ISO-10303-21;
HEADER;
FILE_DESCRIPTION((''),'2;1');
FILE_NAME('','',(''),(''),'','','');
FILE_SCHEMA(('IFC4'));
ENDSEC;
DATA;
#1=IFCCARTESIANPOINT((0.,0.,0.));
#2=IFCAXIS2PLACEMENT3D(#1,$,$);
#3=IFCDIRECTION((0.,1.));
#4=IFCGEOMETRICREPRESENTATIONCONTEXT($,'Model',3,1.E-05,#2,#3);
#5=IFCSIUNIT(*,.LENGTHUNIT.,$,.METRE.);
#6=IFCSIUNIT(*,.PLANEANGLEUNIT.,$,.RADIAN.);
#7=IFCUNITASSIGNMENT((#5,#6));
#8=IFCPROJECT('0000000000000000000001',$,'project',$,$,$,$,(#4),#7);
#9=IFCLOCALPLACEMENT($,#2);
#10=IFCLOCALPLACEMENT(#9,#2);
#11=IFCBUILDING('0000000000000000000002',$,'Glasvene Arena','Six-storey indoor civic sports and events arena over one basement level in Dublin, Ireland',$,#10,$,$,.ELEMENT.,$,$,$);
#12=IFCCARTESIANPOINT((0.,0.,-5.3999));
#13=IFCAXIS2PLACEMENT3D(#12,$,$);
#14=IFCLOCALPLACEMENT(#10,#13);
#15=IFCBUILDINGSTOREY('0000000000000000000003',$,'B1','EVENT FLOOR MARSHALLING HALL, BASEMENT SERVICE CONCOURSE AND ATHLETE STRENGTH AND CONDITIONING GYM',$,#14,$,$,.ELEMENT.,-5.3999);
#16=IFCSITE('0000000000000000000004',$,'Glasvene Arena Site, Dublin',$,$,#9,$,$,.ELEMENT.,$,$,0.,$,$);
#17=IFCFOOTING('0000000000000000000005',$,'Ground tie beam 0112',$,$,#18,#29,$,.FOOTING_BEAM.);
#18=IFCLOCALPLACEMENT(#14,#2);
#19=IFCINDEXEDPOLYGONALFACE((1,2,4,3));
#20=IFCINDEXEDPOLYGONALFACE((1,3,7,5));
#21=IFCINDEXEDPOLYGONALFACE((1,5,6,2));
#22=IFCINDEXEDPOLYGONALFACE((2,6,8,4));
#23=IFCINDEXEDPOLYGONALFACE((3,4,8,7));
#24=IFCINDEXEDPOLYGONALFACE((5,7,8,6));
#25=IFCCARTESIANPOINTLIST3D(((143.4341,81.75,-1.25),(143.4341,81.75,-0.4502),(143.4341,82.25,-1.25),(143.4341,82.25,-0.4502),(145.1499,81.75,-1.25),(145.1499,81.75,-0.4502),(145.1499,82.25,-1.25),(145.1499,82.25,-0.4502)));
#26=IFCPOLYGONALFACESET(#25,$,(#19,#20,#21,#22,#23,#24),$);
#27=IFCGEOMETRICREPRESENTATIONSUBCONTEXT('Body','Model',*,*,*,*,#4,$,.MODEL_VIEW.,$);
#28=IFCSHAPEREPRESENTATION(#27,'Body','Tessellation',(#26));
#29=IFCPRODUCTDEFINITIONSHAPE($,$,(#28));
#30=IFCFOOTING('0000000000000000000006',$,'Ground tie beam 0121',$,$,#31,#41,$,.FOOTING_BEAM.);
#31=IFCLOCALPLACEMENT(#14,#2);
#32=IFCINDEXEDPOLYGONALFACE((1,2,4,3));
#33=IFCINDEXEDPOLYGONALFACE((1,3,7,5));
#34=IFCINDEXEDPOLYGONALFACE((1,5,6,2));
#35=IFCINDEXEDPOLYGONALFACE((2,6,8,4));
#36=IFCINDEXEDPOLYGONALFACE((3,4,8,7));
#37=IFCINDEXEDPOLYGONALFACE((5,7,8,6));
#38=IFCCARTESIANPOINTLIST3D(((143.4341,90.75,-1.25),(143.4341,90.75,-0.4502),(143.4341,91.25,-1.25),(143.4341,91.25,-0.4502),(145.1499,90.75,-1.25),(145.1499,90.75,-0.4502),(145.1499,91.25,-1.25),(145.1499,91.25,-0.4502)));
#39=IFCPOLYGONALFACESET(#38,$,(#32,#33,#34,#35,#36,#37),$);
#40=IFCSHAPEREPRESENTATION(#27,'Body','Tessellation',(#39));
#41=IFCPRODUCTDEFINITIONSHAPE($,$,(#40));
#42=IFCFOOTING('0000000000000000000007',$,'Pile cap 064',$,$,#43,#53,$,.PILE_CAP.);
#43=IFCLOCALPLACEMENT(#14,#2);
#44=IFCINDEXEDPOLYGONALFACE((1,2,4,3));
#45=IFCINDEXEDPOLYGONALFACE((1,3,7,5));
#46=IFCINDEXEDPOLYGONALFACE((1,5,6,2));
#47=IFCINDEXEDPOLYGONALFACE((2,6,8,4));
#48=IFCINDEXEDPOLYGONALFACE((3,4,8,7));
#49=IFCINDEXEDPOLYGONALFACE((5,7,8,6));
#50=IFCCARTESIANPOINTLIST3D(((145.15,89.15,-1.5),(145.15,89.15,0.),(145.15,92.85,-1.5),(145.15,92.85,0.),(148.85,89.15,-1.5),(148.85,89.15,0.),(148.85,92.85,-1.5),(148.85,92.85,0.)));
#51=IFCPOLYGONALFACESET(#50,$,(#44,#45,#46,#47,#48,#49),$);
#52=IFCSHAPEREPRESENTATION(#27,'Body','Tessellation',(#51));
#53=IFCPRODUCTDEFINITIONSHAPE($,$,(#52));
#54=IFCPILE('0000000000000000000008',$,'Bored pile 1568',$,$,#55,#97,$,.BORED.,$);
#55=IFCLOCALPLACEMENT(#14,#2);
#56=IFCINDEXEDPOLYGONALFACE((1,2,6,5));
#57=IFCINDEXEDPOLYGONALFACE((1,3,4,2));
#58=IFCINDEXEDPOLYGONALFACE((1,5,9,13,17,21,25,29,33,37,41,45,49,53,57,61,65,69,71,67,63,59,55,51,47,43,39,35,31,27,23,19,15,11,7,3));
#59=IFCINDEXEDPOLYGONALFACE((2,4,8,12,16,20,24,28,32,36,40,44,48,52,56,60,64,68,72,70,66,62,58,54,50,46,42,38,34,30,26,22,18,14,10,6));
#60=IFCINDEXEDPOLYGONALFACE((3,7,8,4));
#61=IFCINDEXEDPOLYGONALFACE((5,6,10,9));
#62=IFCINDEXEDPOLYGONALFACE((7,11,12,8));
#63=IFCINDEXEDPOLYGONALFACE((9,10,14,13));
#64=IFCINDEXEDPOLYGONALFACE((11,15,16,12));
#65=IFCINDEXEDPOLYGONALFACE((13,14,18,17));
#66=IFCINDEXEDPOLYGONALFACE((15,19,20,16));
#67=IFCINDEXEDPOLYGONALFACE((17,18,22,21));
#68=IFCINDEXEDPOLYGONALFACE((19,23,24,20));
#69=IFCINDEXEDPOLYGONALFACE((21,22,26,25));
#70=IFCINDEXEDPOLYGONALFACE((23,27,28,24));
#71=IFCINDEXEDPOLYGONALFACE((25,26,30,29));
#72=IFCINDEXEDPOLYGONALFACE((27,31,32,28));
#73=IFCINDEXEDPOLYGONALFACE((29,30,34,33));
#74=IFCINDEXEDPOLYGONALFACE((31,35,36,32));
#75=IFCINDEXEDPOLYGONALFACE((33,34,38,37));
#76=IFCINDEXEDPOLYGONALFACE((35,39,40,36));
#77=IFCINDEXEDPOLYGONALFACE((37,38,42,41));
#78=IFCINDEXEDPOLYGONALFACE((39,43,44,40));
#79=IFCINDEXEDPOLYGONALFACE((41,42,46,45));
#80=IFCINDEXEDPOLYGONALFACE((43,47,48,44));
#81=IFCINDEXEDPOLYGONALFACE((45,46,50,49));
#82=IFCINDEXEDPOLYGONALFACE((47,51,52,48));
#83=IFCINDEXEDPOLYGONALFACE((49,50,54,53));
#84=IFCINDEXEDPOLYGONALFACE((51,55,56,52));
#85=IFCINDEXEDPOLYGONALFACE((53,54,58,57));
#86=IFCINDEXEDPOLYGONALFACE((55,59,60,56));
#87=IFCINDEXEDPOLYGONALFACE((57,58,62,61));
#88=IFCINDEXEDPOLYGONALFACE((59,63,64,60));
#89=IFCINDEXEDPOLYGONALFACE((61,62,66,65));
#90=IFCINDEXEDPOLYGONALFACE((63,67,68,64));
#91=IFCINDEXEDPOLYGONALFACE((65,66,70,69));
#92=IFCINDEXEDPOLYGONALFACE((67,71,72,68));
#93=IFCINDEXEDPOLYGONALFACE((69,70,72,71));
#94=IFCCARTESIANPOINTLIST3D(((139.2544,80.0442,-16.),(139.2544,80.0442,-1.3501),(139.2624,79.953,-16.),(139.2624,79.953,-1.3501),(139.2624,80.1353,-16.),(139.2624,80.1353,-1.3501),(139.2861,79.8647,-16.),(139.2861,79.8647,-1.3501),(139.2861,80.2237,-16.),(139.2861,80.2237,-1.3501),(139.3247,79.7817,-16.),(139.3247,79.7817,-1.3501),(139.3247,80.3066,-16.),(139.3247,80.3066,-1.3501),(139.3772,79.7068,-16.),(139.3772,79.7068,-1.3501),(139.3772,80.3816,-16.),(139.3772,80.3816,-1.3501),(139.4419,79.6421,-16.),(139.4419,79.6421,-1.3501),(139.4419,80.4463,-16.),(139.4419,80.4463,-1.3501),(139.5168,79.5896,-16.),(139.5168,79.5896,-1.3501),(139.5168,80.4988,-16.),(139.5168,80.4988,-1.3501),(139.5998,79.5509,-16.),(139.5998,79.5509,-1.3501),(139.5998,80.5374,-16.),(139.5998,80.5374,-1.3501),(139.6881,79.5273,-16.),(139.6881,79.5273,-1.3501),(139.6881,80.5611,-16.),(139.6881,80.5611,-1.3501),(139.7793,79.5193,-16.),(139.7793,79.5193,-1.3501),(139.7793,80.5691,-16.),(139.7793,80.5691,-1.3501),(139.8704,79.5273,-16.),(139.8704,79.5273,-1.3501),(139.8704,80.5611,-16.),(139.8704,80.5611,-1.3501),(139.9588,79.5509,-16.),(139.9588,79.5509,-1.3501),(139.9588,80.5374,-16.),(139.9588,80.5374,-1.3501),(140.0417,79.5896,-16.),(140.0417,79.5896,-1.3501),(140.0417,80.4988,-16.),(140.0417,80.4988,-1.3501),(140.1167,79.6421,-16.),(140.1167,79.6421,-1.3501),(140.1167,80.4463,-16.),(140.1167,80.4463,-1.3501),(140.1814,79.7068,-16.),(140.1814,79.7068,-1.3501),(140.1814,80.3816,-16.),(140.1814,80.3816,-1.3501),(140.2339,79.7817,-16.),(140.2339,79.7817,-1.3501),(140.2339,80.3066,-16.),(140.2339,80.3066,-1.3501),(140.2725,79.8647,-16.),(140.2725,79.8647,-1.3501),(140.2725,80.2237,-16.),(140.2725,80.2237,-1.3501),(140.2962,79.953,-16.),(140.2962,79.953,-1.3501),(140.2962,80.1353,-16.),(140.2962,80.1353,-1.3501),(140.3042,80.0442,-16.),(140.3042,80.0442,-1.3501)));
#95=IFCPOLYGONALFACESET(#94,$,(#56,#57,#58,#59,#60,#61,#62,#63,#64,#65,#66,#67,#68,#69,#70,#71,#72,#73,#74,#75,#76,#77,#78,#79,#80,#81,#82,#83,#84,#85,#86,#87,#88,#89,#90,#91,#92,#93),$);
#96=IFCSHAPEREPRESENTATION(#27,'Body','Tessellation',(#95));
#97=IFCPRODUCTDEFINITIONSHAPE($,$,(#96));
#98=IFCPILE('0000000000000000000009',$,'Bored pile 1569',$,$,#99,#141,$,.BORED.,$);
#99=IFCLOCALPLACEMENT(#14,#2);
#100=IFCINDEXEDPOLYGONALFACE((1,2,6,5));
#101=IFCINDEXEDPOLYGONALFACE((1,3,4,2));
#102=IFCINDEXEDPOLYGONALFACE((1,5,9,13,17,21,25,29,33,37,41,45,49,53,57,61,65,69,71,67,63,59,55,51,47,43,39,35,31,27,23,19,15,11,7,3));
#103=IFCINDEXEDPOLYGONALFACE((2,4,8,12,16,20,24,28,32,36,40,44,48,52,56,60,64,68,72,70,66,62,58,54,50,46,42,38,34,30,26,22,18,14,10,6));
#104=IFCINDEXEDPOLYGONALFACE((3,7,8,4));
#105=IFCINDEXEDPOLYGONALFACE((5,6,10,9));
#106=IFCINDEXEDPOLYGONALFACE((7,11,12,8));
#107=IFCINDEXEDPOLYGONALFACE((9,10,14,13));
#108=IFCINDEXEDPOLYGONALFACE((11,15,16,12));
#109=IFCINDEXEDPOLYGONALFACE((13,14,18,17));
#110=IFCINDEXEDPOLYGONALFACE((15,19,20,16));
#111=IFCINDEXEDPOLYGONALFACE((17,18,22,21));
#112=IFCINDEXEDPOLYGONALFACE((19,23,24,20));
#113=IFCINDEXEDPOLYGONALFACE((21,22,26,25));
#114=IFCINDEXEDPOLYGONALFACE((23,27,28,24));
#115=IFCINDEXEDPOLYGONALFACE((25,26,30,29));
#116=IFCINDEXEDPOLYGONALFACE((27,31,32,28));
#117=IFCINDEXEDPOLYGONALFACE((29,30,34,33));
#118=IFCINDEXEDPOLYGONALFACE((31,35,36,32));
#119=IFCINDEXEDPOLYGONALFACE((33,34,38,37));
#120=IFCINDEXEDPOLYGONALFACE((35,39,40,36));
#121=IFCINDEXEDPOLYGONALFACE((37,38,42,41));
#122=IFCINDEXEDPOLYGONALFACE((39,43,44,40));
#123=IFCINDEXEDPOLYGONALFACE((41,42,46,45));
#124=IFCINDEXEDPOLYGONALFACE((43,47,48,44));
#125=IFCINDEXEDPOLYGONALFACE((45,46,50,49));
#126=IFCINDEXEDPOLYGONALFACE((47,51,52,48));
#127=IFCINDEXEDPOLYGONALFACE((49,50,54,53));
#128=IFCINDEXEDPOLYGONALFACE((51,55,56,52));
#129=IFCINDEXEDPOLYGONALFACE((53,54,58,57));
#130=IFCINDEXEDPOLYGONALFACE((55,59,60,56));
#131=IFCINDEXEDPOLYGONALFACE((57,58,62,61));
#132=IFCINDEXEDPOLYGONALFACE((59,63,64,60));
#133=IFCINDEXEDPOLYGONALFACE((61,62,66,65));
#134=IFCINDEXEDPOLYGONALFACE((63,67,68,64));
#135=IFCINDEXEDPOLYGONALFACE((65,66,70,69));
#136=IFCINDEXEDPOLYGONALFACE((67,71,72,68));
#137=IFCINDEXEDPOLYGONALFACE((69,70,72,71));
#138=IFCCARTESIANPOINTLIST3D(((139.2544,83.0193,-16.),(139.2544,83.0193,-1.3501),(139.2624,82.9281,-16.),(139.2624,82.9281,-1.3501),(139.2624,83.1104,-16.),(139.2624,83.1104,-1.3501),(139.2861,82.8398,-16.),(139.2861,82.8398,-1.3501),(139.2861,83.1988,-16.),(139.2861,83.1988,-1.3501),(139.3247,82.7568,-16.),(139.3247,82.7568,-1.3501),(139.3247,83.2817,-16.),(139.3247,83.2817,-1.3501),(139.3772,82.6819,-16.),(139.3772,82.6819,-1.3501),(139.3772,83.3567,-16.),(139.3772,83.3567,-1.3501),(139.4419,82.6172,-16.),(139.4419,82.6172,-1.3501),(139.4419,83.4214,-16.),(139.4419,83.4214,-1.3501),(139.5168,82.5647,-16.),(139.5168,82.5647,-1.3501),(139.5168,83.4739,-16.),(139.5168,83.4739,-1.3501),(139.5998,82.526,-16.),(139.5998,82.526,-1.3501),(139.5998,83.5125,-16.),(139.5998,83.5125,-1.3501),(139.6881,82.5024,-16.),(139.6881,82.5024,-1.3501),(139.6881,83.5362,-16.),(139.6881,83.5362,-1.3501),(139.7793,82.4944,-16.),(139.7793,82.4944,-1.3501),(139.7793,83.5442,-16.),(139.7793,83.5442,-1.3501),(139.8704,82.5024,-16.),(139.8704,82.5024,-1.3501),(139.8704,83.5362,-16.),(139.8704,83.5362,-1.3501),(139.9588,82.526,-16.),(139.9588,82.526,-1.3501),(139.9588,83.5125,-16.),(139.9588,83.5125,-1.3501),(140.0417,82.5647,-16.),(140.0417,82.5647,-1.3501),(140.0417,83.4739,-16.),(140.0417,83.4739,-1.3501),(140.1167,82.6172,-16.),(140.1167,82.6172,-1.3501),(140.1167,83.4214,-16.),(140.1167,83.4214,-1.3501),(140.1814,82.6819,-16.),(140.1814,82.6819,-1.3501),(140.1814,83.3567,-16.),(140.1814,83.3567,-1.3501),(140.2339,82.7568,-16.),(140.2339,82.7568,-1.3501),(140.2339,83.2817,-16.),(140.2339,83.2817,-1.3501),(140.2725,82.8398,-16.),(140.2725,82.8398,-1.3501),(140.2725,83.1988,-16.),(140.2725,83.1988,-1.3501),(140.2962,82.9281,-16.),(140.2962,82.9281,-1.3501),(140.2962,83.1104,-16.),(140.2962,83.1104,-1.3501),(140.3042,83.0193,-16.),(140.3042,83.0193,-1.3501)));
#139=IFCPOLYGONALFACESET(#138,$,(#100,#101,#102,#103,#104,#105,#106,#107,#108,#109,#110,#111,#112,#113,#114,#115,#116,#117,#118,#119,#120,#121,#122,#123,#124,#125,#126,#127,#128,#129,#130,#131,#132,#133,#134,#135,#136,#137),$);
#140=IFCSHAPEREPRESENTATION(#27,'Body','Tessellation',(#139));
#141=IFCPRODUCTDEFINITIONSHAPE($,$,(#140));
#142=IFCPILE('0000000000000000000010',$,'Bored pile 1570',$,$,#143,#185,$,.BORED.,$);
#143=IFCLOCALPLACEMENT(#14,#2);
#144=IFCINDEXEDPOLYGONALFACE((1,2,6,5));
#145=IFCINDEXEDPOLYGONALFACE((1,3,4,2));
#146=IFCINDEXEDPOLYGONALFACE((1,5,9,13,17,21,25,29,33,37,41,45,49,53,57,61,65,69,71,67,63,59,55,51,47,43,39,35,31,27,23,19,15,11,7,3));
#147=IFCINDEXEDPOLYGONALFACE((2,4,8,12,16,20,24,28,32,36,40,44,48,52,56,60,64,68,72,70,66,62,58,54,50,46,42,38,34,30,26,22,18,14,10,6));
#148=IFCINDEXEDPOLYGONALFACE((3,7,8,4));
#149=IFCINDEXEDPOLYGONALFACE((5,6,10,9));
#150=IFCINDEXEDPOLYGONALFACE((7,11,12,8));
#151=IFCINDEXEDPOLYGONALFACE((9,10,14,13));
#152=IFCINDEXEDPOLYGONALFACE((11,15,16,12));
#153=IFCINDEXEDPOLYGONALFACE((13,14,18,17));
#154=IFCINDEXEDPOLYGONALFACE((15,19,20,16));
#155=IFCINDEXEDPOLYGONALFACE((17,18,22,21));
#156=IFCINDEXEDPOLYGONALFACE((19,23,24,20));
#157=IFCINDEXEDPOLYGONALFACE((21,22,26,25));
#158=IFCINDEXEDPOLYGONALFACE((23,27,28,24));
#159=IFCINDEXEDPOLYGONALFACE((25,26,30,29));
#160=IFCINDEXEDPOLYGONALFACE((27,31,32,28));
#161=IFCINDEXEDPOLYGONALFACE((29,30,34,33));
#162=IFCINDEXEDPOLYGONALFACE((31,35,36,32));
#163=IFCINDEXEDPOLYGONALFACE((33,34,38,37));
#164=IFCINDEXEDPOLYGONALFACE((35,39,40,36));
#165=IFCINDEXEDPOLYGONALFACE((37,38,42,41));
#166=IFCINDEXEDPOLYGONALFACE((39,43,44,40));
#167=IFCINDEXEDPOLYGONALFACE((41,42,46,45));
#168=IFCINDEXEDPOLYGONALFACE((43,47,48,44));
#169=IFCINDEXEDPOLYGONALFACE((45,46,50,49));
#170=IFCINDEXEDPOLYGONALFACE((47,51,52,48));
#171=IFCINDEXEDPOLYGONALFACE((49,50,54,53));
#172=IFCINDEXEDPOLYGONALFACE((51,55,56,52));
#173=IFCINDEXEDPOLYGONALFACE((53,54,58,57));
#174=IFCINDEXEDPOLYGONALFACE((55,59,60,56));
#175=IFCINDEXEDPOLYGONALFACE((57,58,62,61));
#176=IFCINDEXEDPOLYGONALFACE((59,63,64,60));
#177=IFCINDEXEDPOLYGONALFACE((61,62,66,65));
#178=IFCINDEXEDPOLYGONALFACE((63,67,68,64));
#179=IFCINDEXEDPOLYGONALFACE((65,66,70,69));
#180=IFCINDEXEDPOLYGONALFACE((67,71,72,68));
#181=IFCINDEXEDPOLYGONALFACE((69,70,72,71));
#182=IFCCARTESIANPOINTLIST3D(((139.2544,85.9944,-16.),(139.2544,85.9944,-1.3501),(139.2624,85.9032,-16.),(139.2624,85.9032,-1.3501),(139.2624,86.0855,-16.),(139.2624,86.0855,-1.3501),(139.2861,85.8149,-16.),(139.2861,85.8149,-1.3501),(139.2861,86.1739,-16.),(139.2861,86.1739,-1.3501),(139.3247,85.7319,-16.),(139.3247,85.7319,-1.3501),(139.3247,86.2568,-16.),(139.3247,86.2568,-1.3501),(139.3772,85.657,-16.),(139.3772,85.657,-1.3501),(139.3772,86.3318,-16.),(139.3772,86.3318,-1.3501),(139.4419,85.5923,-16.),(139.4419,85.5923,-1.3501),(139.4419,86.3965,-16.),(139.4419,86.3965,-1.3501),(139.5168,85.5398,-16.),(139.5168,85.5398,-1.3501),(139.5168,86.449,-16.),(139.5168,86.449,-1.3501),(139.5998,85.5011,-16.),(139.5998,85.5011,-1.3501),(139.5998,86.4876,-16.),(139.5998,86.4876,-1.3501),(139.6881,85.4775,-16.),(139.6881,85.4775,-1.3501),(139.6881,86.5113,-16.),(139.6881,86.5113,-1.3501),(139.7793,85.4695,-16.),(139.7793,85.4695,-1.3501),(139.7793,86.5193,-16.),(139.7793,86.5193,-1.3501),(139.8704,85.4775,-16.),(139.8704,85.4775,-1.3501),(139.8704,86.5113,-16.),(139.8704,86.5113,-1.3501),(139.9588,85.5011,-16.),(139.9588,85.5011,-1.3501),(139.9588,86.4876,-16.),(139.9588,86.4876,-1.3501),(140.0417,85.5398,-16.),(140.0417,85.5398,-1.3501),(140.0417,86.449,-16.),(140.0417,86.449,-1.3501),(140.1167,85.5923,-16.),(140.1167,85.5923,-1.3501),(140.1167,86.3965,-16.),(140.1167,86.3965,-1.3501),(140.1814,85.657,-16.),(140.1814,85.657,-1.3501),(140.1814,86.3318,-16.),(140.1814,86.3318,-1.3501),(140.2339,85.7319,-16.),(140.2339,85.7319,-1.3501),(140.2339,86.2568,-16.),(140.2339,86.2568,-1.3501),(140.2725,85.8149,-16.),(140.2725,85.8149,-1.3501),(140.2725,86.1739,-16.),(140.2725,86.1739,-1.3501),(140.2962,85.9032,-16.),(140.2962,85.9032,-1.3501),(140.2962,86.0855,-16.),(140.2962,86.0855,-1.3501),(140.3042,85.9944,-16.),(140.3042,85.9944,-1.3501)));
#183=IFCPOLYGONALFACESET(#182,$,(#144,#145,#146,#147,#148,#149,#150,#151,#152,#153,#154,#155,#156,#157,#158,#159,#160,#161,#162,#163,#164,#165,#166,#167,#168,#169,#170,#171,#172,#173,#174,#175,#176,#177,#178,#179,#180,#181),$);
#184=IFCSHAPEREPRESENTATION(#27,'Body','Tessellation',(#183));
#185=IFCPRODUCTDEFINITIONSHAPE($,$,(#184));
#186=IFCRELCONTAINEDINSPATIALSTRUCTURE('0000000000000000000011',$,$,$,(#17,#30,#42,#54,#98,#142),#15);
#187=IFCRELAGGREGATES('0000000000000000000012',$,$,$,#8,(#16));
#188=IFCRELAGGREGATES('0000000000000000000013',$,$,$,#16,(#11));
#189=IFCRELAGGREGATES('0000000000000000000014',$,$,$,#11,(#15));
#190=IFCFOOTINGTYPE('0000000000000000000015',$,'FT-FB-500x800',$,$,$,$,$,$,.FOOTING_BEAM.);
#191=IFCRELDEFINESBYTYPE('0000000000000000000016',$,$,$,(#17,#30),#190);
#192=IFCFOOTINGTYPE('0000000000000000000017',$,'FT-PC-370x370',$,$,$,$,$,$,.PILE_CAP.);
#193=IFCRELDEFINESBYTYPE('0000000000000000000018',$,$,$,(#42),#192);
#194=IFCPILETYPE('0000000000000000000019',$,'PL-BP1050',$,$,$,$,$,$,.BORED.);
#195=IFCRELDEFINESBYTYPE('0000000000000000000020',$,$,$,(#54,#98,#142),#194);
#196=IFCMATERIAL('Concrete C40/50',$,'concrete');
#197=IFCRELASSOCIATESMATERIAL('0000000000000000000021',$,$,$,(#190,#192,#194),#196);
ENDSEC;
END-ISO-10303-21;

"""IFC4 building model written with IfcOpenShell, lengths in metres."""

from ifc_helpers import new_model, si_unit, direction, frame, origin, origin_2d, place, context, subcontext, project, spatial, polyline, rectangle, circle, outline, extrude, material, material_profile, profile_set, type_object, element, save


model = new_model("IFC4")

# Units and contexts
model_context = context("Model", 3, precision=1e-05, world=origin(), true_north=direction((0.0, 1.0)))
body_context = subcontext(model_context, "Body", "Model", "MODEL_VIEW")
ifc_project = project(units=[si_unit("LENGTHUNIT", "METRE"), si_unit("PLANEANGLEUNIT", "RADIAN")], contexts=[model_context])

# Site, building, storey
site_placement = place(None, origin())
site = spatial("IfcSite", under=ifc_project, at=site_placement, Name="Glasvene Arena Site, Dublin", CompositionType="ELEMENT", RefElevation=0.0)
building_placement = place(site_placement, origin())
building = spatial("IfcBuilding", under=site, at=building_placement, Name="Glasvene Arena", Description="Six-storey indoor civic sports and events arena over one basement level in Dublin, Ireland", CompositionType="ELEMENT")
storey_placement = place(building_placement, frame((0.0, 0.0, -5.3999)))
storey = spatial("IfcBuildingStorey", under=building, at=storey_placement, Name="B1", Description="EVENT FLOOR MARSHALLING HALL, BASEMENT SERVICE CONCOURSE AND ATHLETE STRENGTH AND CONDITIONING GYM", CompositionType="ELEMENT", Elevation=-5.3999)

# Footings
ifc_material_1 = material(Name="Concrete C40/50", Category="concrete")
footing_type_1 = type_object("IfcFootingType", Name="FT-FB-500x800", PredefinedType="FOOTING_BEAM", material=ifc_material_1)
for number, where, name in (
    (1, (144.292, 82.0, -1.25), "Ground tie beam 0112"),
    (2, (144.292, 91.0, -1.25), "Ground tie beam 0121"),
):
    element("IfcFooting", number, at=place(storey_placement, frame(where)), inside=storey, type_object=footing_type_1, Name=name, PredefinedType="FOOTING_BEAM", context=body_context, shape_type="SweptSolid", body=[
        extrude(outline(polyline([(-0.8579, -0.25), (0.8579, -0.25), (0.8579, 0.25), (-0.8579, 0.25), (-0.8579, -0.25)])), origin(), (0.0, 0.0, 1.0), 0.7998),
    ])
footing_type_2 = type_object("IfcFootingType", Name="FT-PC-370x370", PredefinedType="PILE_CAP", material=ifc_material_1)
footing_placement = place(storey_placement, frame((147.0, 91.0, -1.5), z_axis=(0.0, 0.0, 1.0), x_axis=(1.0, 0.0, 0.0)))
element("IfcFooting", 3, at=footing_placement, inside=storey, type_object=footing_type_2, Name="Pile cap 064", PredefinedType="PILE_CAP", context=body_context, shape_type="SweptSolid", body=[
    extrude(rectangle(XDim=3.7, YDim=3.7, at=origin_2d()), origin(), (0.0, 0.0, 1.0), 1.5),
])

# Piles
ifc_material_profile_1 = material_profile(ifc_material_1, circle(Radius=0.5249, at=origin_2d()), Name="BORED PILE 1050")
ifc_profile_set_1 = profile_set([ifc_material_profile_1], Name="Concrete C40/50")
pile_type_1 = type_object("IfcPileType", Name="PL-BP1050", PredefinedType="BORED", material=ifc_profile_set_1)
for number, where, z_axis, x_axis, name in (
    (4, (139.7793, 80.0442, -1.3501), (0.0, 0.0, -1.0), (1.0, 0.0, 0.0), "Bored pile 1568"),
    (5, (139.7793, 83.0193, -1.3501), (0.0, 0.0, -1.0), (1.0, 0.0, 0.0), "Bored pile 1569"),
    (6, (139.7793, 85.9944, -1.3501), (0.0, 0.0, -1.0), (1.0, 0.0, 0.0), "Bored pile 1570"),
):
    element("IfcPile", number, at=place(storey_placement, frame(where, z_axis=z_axis, x_axis=x_axis)), inside=storey, type_object=pile_type_1, Name=name, PredefinedType="BORED", context=body_context, shape_type="SweptSolid", body=[
        extrude(circle(Radius=0.5249, at=origin_2d()), origin(), (0.0, 0.0, 1.0), 14.6499),
    ])

save(model, "model.ifc")
